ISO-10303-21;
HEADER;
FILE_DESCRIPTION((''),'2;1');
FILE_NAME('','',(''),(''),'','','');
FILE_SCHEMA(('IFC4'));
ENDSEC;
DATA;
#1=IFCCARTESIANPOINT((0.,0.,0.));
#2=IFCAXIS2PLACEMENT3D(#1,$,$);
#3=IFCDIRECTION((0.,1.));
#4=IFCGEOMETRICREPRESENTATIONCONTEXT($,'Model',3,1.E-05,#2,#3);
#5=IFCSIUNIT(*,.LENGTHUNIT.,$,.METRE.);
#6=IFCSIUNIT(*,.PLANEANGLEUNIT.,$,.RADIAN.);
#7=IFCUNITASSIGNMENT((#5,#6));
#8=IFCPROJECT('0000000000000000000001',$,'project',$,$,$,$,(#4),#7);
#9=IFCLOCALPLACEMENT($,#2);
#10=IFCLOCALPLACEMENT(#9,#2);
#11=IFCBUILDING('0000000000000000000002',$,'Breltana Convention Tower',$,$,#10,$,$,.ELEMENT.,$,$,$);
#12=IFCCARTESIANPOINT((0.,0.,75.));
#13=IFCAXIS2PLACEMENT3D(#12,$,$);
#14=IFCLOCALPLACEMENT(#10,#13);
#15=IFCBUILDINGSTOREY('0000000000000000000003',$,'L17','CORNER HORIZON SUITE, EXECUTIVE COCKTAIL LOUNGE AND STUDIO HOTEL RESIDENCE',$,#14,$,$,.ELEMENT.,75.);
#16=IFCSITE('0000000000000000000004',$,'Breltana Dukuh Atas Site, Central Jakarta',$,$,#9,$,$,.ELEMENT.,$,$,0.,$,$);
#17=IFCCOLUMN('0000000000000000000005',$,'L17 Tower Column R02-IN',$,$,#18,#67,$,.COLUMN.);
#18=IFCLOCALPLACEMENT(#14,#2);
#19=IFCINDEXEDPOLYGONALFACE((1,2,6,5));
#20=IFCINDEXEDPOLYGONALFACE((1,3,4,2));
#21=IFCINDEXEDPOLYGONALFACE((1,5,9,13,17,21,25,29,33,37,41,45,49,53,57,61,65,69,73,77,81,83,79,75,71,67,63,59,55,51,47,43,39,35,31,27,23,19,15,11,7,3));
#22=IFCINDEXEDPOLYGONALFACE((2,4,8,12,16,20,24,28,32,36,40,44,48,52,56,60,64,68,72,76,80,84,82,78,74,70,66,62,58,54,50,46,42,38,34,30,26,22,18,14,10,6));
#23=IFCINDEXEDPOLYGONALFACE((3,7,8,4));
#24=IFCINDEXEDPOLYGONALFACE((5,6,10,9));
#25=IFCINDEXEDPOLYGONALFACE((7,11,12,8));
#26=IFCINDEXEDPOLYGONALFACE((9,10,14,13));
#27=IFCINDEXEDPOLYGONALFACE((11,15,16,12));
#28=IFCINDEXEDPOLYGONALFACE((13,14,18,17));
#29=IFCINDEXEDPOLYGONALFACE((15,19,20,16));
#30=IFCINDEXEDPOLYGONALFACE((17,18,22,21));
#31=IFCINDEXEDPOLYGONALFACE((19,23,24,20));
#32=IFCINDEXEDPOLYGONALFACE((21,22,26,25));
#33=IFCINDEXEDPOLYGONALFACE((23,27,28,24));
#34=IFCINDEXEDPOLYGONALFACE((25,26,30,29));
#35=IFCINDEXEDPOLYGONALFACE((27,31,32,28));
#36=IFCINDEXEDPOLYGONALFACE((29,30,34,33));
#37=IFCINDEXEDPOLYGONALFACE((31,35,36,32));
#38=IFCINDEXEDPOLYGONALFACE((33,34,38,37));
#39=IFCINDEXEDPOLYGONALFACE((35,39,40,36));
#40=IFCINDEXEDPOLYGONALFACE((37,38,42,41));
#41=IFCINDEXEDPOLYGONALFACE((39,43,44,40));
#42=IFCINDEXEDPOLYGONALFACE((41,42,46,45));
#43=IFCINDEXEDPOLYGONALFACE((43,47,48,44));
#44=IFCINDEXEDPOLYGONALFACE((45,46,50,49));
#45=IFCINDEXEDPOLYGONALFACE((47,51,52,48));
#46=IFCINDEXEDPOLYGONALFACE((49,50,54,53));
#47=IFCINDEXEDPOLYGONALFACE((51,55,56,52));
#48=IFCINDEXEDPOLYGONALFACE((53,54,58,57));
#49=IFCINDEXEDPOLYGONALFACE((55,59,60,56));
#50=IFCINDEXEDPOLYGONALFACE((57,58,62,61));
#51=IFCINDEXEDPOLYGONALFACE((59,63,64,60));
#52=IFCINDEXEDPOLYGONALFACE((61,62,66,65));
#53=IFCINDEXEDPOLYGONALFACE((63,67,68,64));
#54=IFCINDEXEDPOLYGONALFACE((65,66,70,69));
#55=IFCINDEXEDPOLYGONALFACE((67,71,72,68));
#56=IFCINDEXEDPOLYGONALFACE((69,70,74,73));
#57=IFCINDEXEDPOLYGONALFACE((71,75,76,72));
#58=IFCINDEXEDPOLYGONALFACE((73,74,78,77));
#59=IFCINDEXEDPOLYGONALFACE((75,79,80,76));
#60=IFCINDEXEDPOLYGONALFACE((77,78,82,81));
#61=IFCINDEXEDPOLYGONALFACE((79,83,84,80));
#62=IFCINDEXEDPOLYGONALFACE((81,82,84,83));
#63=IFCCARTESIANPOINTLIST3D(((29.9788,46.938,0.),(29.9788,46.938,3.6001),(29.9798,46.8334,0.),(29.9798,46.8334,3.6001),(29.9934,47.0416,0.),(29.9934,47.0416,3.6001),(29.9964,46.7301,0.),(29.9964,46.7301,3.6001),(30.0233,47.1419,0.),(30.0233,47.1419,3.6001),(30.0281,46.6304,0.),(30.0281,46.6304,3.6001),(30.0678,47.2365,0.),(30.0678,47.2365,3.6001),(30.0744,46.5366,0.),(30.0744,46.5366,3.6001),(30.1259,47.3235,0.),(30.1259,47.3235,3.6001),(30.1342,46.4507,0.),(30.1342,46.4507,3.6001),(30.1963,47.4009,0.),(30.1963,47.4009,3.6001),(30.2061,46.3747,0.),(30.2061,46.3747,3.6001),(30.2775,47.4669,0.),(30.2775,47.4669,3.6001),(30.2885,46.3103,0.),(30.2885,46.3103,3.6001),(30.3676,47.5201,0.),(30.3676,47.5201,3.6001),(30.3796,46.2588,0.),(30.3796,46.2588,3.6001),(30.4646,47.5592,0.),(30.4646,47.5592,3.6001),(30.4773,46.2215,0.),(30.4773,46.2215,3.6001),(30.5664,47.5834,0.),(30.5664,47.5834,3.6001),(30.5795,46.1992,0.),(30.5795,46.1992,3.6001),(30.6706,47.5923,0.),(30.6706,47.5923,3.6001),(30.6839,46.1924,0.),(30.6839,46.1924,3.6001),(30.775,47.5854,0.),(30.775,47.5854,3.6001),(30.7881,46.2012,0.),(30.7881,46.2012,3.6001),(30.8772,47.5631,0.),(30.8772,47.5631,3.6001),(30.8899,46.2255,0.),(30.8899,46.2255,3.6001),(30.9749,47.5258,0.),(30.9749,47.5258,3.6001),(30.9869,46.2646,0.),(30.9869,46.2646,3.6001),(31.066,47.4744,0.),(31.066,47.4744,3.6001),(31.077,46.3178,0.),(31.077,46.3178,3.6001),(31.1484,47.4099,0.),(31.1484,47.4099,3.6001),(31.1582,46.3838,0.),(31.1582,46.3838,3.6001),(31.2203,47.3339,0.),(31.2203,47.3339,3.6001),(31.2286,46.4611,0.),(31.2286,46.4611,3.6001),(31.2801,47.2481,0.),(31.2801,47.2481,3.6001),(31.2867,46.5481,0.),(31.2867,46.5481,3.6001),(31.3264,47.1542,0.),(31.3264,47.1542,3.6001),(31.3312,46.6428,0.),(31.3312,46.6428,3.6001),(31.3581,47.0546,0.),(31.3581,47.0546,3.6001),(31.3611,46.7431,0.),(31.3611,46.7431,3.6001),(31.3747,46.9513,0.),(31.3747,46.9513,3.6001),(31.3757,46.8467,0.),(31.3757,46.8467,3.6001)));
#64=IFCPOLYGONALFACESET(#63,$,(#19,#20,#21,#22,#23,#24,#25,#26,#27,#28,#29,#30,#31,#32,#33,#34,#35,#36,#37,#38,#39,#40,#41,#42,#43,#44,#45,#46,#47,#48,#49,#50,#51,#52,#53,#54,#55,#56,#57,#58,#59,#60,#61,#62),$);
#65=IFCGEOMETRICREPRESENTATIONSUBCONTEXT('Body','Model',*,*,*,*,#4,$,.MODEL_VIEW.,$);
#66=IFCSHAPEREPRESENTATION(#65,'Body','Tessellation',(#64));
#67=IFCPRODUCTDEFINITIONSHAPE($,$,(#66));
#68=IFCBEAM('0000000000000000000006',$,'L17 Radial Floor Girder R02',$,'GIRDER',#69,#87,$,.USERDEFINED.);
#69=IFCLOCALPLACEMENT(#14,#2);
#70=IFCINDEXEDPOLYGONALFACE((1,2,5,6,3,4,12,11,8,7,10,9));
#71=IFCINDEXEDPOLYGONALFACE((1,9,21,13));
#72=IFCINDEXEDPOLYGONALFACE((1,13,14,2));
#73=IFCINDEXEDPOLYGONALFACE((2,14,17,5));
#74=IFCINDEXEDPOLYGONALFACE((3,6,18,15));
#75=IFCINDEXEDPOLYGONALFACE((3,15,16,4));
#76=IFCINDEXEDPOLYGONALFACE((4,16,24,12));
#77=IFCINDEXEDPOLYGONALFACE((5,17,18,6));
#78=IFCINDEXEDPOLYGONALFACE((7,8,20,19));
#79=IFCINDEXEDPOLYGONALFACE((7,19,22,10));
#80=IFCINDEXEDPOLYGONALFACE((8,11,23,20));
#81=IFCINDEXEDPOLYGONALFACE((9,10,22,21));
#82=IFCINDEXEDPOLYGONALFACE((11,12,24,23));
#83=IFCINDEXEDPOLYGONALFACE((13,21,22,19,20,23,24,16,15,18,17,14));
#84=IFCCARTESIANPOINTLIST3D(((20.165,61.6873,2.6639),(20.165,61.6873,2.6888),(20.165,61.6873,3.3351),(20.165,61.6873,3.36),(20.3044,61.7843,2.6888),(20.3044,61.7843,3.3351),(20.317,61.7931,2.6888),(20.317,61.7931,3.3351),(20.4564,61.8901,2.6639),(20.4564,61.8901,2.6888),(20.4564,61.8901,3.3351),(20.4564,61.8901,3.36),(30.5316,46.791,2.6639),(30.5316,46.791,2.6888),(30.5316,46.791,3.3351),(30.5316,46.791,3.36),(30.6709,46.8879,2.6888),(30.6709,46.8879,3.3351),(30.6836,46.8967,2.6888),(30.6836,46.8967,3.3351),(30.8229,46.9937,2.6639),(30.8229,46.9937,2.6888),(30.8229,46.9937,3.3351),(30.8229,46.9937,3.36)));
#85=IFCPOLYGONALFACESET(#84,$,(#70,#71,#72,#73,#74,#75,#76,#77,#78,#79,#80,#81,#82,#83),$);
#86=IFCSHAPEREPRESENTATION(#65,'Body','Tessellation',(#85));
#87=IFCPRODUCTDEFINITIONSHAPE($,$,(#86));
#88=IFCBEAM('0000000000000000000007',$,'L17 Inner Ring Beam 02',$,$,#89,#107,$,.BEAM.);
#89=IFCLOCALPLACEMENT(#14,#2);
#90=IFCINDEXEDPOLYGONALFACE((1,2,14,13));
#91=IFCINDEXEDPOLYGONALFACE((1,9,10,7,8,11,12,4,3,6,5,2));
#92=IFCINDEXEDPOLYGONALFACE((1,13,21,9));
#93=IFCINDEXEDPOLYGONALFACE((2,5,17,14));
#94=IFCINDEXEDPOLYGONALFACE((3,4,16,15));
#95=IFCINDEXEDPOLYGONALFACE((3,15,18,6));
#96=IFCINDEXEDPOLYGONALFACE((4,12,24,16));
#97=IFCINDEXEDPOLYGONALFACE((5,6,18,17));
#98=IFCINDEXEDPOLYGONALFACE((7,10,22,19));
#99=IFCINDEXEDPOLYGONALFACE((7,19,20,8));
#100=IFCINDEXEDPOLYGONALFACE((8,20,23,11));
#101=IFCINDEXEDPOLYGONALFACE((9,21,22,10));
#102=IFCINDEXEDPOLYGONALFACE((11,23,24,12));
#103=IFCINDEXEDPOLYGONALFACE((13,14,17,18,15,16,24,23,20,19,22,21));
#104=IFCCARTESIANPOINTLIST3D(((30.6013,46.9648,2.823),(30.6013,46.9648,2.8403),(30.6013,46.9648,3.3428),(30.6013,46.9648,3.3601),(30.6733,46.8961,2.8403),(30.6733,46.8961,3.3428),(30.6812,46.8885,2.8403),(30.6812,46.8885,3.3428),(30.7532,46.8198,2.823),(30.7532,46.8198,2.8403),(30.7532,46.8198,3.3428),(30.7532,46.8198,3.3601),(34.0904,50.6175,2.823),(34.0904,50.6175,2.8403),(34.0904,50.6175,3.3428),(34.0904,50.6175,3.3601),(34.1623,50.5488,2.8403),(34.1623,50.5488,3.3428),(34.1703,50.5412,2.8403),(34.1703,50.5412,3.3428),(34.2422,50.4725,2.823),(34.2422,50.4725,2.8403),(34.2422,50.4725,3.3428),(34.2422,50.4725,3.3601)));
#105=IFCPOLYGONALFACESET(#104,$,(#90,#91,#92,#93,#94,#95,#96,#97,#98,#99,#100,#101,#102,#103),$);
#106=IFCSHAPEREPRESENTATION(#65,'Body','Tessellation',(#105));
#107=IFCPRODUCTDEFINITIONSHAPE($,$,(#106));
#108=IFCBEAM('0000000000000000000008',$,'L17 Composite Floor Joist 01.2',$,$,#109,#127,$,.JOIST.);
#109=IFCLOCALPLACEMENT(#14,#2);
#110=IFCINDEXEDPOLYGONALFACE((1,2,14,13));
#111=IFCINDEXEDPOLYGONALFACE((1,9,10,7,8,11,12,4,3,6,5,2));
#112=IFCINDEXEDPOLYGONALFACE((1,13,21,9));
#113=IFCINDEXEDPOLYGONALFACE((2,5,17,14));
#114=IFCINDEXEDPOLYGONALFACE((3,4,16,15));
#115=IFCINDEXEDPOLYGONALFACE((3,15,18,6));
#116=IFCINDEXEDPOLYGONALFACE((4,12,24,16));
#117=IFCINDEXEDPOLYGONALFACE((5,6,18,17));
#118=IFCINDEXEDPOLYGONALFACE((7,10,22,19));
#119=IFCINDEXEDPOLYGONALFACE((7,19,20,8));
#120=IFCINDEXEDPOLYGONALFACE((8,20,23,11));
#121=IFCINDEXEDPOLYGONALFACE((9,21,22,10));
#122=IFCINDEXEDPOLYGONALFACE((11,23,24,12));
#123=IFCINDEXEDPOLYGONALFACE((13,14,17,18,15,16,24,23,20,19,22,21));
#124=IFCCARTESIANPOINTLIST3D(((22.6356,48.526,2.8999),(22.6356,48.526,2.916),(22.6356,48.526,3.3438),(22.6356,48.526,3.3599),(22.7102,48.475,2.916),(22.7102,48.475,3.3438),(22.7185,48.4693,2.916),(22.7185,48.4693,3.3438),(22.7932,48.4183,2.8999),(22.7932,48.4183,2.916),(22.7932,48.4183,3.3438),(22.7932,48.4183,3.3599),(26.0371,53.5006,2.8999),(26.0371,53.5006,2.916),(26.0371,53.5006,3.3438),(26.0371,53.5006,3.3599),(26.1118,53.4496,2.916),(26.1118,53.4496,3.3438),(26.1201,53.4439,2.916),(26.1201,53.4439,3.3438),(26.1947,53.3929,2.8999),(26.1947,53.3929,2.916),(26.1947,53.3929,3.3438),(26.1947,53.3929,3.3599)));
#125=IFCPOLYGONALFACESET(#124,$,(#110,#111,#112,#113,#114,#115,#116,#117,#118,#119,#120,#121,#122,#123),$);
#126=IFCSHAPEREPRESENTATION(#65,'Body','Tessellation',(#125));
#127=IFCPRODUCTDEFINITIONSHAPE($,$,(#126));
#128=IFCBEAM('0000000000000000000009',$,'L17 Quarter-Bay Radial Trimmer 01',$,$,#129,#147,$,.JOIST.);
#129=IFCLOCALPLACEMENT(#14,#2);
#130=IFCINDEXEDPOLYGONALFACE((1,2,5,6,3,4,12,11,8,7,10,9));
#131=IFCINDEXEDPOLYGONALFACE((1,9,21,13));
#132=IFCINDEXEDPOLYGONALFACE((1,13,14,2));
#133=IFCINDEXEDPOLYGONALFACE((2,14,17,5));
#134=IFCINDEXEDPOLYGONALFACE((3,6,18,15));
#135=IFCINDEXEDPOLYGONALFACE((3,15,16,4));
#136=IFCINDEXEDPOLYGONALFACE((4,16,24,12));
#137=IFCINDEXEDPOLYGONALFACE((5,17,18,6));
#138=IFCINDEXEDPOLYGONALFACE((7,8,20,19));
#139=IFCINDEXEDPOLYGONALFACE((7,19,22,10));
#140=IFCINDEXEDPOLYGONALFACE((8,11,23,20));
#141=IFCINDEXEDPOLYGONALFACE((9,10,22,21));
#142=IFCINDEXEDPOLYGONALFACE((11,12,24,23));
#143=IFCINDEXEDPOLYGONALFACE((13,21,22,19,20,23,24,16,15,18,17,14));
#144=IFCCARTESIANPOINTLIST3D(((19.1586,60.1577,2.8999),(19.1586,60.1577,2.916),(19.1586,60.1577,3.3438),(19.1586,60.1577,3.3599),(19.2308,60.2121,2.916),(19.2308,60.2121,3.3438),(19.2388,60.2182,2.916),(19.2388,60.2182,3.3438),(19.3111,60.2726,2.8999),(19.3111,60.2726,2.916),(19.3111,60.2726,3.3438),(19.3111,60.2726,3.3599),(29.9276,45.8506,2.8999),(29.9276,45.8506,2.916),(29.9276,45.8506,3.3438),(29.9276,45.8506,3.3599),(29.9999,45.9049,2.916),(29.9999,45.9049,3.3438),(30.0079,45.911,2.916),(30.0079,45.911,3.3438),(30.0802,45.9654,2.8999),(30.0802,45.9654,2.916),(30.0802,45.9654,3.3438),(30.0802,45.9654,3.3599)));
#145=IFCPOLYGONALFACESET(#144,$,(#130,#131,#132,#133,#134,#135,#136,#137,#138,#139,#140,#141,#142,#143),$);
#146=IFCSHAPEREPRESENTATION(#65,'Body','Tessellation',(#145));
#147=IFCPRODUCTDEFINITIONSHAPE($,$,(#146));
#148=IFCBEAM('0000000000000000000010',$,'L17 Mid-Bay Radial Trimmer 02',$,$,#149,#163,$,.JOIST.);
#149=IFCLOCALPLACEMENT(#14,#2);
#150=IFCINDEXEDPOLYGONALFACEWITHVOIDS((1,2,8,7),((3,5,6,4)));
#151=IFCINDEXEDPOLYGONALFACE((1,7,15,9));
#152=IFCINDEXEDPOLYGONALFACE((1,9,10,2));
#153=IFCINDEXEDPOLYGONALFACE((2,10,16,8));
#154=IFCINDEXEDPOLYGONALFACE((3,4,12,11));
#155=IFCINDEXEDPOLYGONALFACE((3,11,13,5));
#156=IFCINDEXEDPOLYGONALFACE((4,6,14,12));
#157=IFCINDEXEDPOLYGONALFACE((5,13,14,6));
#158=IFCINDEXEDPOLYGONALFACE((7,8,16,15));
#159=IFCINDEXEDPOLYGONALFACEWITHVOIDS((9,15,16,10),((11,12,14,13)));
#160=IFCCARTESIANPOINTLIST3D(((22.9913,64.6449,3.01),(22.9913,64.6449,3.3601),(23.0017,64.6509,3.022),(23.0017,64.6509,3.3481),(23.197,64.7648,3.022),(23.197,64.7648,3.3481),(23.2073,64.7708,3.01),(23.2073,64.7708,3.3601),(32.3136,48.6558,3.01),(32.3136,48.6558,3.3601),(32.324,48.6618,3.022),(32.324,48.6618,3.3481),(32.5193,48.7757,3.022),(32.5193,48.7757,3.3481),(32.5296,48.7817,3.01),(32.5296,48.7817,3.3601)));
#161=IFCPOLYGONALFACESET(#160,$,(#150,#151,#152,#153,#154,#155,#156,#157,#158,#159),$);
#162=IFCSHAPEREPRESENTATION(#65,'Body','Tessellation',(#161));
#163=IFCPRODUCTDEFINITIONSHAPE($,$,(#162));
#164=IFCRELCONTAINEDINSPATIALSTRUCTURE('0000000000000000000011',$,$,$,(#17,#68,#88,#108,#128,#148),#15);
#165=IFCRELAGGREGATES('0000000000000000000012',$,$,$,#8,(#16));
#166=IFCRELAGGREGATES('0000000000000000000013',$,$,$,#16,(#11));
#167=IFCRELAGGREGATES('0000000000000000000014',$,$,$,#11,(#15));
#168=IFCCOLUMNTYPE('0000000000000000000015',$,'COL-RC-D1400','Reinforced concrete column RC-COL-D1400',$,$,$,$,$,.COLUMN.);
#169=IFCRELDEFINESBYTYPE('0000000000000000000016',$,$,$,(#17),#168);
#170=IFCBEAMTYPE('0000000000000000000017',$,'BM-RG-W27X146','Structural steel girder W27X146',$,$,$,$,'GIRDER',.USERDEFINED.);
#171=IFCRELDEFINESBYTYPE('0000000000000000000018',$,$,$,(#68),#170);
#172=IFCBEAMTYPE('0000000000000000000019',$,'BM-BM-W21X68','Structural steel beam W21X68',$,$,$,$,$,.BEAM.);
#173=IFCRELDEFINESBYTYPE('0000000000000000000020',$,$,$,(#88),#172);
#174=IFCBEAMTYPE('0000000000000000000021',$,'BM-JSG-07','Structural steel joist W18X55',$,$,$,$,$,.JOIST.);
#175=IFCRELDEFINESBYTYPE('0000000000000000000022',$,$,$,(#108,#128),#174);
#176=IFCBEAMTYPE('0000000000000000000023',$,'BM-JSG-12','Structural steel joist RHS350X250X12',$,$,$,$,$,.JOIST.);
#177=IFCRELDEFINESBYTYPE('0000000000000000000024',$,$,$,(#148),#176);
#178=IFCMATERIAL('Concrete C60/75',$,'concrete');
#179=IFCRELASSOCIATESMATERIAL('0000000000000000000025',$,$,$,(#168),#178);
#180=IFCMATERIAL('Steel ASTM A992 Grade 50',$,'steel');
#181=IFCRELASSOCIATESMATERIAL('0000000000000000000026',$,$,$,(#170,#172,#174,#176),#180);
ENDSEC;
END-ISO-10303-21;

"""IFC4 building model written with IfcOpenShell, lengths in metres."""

from ifc_helpers import new_model, si_unit, direction, frame, origin, origin_2d, place, context, subcontext, project, spatial, hollow_rectangle, circle, i_section, extrude, source, transform, mapped, material, material_profile, profile_set, type_object, element, save


model = new_model("IFC4")

# Units and contexts
model_context = context("Model", 3, precision=1e-05, world=origin(), true_north=direction((0.0, 1.0)))
body_context = subcontext(model_context, "Body", "Model", "MODEL_VIEW")
ifc_project = project(units=[si_unit("LENGTHUNIT", "METRE"), si_unit("PLANEANGLEUNIT", "RADIAN")], contexts=[model_context])

# Site, building, storey
site_placement = place(None, origin())
site = spatial("IfcSite", under=ifc_project, at=site_placement, Name="Breltana Dukuh Atas Site, Central Jakarta", CompositionType="ELEMENT", RefElevation=0.0)
building_placement = place(site_placement, origin())
building = spatial("IfcBuilding", under=site, at=building_placement, Name="Breltana Convention Tower", CompositionType="ELEMENT")
storey_placement = place(building_placement, frame((0.0, 0.0, 75.0)))
storey = spatial("IfcBuildingStorey", under=building, at=storey_placement, Name="L17", Description="CORNER HORIZON SUITE, EXECUTIVE COCKTAIL LOUNGE AND STUDIO HOTEL RESIDENCE", CompositionType="ELEMENT", Elevation=75.0)

# Column
ifc_material_1 = material(Name="Concrete C60/75", Category="concrete")
ifc_material_profile_1 = material_profile(ifc_material_1, circle(Radius=0.7, at=origin_2d()), Name="RC-COL-D1400")
ifc_profile_set_1 = profile_set([ifc_material_profile_1], Name="Concrete C60/75")
column_type = type_object("IfcColumnType", Name="COL-RC-D1400", Description="Reinforced concrete column RC-COL-D1400", PredefinedType="COLUMN", material=ifc_profile_set_1)
shared_shape_1 = source(origin(), body_context, "Body", "SweptSolid", [
    extrude(circle(Radius=0.7, at=origin_2d()), origin(), (0.0, 0.0, 1.0), 3.6001),
])
column_placement = place(storey_placement, frame((30.6772, 46.8923, 0.0), z_axis=(0.0, 0.0, 1.0), x_axis=(-0.571143, 0.82085, 0.0)))
element("IfcColumn", 1, at=column_placement, inside=storey, type_object=column_type, Name="L17 Tower Column R02-IN", PredefinedType="COLUMN", context=body_context, shape_type="MappedRepresentation", body=[
    mapped(shared_shape_1, transform((0.0, 0.0, 0.0), scale=1.0)),
])

# Beams
ifc_material_2 = material(Name="Steel ASTM A992 Grade 50", Category="steel")
ifc_material_profile_2 = material_profile(ifc_material_2, i_section(OverallWidth=0.355, OverallDepth=0.696, WebThickness=0.0154, FlangeThickness=0.0249, at=origin_2d()), Name="W27X146")
ifc_profile_set_2 = profile_set([ifc_material_profile_2], Name="Steel ASTM A992 Grade 50")
beam_type_1 = type_object("IfcBeamType", Name="BM-RG-W27X146", Description="Structural steel girder W27X146", ElementType="GIRDER", PredefinedType="USERDEFINED", material=ifc_profile_set_2)
shared_shape_2 = source(origin(), body_context, "Body", "SweptSolid", [
    extrude(i_section(OverallWidth=0.355, OverallDepth=0.696, WebThickness=0.0154, FlangeThickness=0.0249, at=origin_2d()), origin(), (0.0, 0.0, 1.0), 18.1484),
])
beam_1_placement = place(storey_placement, frame((30.6772, 46.8923, 3.012), z_axis=(-0.571208, 0.820806, 0.0), x_axis=(-0.820806, -0.571208, 0.0)))
element("IfcBeam", 2, at=beam_1_placement, inside=storey, type_object=beam_type_1, Name="L17 Radial Floor Girder R02", ObjectType="GIRDER", PredefinedType="USERDEFINED", context=body_context, shape_type="MappedRepresentation", body=[
    mapped(shared_shape_2, transform((0.0, 0.0, 0.0), scale=1.0)),
])
ifc_material_profile_3 = material_profile(ifc_material_2, i_section(OverallWidth=0.21, OverallDepth=0.5371, WebThickness=0.011, FlangeThickness=0.0173, at=origin_2d()), Name="W21X68")
ifc_profile_set_3 = profile_set([ifc_material_profile_3], Name="Steel ASTM A992 Grade 50")
beam_type_2 = type_object("IfcBeamType", Name="BM-BM-W21X68", Description="Structural steel beam W21X68", PredefinedType="BEAM", material=ifc_profile_set_3)
shared_shape_3 = source(origin(), body_context, "Body", "SweptSolid", [
    extrude(i_section(OverallWidth=0.21, OverallDepth=0.5371, WebThickness=0.011, FlangeThickness=0.0173, at=origin_2d()), origin(), (0.0, 0.0, 1.0), 5.0513),
])
beam_2_placement = place(storey_placement, frame((30.6772, 46.8923, 3.0916), z_axis=(0.69073, 0.723113, 0.0), x_axis=(-0.723113, 0.69073, 0.0)))
element("IfcBeam", 3, at=beam_2_placement, inside=storey, type_object=beam_type_2, Name="L17 Inner Ring Beam 02", PredefinedType="BEAM", context=body_context, shape_type="MappedRepresentation", body=[
    mapped(shared_shape_3, transform((0.0, 0.0, 0.0), scale=1.0)),
])
ifc_material_profile_4 = material_profile(ifc_material_2, i_section(OverallWidth=0.1909, OverallDepth=0.46, WebThickness=0.01, FlangeThickness=0.0161, at=origin_2d()), Name="W18X55")
ifc_profile_set_4 = profile_set([ifc_material_profile_4], Name="Steel ASTM A992 Grade 50")
beam_type_3 = type_object("IfcBeamType", Name="BM-JSG-07", Description="Structural steel joist W18X55", PredefinedType="JOIST", material=ifc_profile_set_4)
shared_shape_4 = source(origin(), body_context, "Body", "SweptSolid", [
    extrude(i_section(OverallWidth=0.1909, OverallDepth=0.46, WebThickness=0.01, FlangeThickness=0.0161, at=origin_2d()), origin(), (0.0, 0.0, 1.0), 6.0264),
])
beam_3_placement = place(storey_placement, frame((22.7144, 48.4722, 3.1299), z_axis=(0.56445, 0.825467, 0.0), x_axis=(-0.825467, 0.56445, 0.0)))
element("IfcBeam", 4, at=beam_3_placement, inside=storey, type_object=beam_type_3, Name="L17 Composite Floor Joist 01.2", PredefinedType="JOIST", context=body_context, shape_type="MappedRepresentation", body=[
    mapped(shared_shape_4, transform((0.0, 0.0, 0.0), scale=1.0)),
])
shared_shape_5 = source(origin(), body_context, "Body", "SweptSolid", [
    extrude(i_section(OverallWidth=0.1909, OverallDepth=0.46, WebThickness=0.01, FlangeThickness=0.0161, at=origin_2d()), origin(), (0.0, 0.0, 1.0), 17.9072),
])
beam_4_placement = place(storey_placement, frame((30.0039, 45.908, 3.1299), z_axis=(-0.601382, 0.798962, 0.0), x_axis=(-0.798962, -0.601382, 0.0)))
element("IfcBeam", 5, at=beam_4_placement, inside=storey, type_object=beam_type_3, Name="L17 Quarter-Bay Radial Trimmer 01", PredefinedType="JOIST", context=body_context, shape_type="MappedRepresentation", body=[
    mapped(shared_shape_5, transform((0.0, 0.0, 0.0), scale=1.0)),
])
ifc_material_profile_5 = material_profile(ifc_material_2, hollow_rectangle(XDim=0.25, YDim=0.3501, WallThickness=0.012, at=origin_2d()), Name="RHS350X250X12")
ifc_profile_set_5 = profile_set([ifc_material_profile_5], Name="Steel ASTM A992 Grade 50")
beam_type_4 = type_object("IfcBeamType", Name="BM-JSG-12", Description="Structural steel joist RHS350X250X12", PredefinedType="JOIST", material=ifc_profile_set_5)
shared_shape_6 = source(origin(), body_context, "Body", "SweptSolid", [
    extrude(hollow_rectangle(XDim=0.25, YDim=0.3501, WallThickness=0.012, at=origin_2d()), origin(), (0.0, 0.0, 1.0), 18.5083),
])
beam_5_placement = place(storey_placement, frame((32.4216, 48.7188, 3.1851), z_axis=(-0.503683, 0.863888, 0.0), x_axis=(-0.863888, -0.503683, 0.0)))
element("IfcBeam", 6, at=beam_5_placement, inside=storey, type_object=beam_type_4, Name="L17 Mid-Bay Radial Trimmer 02", PredefinedType="JOIST", context=body_context, shape_type="MappedRepresentation", body=[
    mapped(shared_shape_6, transform((0.0, 0.0, 0.0), scale=1.0)),
])

save(model, "model.ifc")
